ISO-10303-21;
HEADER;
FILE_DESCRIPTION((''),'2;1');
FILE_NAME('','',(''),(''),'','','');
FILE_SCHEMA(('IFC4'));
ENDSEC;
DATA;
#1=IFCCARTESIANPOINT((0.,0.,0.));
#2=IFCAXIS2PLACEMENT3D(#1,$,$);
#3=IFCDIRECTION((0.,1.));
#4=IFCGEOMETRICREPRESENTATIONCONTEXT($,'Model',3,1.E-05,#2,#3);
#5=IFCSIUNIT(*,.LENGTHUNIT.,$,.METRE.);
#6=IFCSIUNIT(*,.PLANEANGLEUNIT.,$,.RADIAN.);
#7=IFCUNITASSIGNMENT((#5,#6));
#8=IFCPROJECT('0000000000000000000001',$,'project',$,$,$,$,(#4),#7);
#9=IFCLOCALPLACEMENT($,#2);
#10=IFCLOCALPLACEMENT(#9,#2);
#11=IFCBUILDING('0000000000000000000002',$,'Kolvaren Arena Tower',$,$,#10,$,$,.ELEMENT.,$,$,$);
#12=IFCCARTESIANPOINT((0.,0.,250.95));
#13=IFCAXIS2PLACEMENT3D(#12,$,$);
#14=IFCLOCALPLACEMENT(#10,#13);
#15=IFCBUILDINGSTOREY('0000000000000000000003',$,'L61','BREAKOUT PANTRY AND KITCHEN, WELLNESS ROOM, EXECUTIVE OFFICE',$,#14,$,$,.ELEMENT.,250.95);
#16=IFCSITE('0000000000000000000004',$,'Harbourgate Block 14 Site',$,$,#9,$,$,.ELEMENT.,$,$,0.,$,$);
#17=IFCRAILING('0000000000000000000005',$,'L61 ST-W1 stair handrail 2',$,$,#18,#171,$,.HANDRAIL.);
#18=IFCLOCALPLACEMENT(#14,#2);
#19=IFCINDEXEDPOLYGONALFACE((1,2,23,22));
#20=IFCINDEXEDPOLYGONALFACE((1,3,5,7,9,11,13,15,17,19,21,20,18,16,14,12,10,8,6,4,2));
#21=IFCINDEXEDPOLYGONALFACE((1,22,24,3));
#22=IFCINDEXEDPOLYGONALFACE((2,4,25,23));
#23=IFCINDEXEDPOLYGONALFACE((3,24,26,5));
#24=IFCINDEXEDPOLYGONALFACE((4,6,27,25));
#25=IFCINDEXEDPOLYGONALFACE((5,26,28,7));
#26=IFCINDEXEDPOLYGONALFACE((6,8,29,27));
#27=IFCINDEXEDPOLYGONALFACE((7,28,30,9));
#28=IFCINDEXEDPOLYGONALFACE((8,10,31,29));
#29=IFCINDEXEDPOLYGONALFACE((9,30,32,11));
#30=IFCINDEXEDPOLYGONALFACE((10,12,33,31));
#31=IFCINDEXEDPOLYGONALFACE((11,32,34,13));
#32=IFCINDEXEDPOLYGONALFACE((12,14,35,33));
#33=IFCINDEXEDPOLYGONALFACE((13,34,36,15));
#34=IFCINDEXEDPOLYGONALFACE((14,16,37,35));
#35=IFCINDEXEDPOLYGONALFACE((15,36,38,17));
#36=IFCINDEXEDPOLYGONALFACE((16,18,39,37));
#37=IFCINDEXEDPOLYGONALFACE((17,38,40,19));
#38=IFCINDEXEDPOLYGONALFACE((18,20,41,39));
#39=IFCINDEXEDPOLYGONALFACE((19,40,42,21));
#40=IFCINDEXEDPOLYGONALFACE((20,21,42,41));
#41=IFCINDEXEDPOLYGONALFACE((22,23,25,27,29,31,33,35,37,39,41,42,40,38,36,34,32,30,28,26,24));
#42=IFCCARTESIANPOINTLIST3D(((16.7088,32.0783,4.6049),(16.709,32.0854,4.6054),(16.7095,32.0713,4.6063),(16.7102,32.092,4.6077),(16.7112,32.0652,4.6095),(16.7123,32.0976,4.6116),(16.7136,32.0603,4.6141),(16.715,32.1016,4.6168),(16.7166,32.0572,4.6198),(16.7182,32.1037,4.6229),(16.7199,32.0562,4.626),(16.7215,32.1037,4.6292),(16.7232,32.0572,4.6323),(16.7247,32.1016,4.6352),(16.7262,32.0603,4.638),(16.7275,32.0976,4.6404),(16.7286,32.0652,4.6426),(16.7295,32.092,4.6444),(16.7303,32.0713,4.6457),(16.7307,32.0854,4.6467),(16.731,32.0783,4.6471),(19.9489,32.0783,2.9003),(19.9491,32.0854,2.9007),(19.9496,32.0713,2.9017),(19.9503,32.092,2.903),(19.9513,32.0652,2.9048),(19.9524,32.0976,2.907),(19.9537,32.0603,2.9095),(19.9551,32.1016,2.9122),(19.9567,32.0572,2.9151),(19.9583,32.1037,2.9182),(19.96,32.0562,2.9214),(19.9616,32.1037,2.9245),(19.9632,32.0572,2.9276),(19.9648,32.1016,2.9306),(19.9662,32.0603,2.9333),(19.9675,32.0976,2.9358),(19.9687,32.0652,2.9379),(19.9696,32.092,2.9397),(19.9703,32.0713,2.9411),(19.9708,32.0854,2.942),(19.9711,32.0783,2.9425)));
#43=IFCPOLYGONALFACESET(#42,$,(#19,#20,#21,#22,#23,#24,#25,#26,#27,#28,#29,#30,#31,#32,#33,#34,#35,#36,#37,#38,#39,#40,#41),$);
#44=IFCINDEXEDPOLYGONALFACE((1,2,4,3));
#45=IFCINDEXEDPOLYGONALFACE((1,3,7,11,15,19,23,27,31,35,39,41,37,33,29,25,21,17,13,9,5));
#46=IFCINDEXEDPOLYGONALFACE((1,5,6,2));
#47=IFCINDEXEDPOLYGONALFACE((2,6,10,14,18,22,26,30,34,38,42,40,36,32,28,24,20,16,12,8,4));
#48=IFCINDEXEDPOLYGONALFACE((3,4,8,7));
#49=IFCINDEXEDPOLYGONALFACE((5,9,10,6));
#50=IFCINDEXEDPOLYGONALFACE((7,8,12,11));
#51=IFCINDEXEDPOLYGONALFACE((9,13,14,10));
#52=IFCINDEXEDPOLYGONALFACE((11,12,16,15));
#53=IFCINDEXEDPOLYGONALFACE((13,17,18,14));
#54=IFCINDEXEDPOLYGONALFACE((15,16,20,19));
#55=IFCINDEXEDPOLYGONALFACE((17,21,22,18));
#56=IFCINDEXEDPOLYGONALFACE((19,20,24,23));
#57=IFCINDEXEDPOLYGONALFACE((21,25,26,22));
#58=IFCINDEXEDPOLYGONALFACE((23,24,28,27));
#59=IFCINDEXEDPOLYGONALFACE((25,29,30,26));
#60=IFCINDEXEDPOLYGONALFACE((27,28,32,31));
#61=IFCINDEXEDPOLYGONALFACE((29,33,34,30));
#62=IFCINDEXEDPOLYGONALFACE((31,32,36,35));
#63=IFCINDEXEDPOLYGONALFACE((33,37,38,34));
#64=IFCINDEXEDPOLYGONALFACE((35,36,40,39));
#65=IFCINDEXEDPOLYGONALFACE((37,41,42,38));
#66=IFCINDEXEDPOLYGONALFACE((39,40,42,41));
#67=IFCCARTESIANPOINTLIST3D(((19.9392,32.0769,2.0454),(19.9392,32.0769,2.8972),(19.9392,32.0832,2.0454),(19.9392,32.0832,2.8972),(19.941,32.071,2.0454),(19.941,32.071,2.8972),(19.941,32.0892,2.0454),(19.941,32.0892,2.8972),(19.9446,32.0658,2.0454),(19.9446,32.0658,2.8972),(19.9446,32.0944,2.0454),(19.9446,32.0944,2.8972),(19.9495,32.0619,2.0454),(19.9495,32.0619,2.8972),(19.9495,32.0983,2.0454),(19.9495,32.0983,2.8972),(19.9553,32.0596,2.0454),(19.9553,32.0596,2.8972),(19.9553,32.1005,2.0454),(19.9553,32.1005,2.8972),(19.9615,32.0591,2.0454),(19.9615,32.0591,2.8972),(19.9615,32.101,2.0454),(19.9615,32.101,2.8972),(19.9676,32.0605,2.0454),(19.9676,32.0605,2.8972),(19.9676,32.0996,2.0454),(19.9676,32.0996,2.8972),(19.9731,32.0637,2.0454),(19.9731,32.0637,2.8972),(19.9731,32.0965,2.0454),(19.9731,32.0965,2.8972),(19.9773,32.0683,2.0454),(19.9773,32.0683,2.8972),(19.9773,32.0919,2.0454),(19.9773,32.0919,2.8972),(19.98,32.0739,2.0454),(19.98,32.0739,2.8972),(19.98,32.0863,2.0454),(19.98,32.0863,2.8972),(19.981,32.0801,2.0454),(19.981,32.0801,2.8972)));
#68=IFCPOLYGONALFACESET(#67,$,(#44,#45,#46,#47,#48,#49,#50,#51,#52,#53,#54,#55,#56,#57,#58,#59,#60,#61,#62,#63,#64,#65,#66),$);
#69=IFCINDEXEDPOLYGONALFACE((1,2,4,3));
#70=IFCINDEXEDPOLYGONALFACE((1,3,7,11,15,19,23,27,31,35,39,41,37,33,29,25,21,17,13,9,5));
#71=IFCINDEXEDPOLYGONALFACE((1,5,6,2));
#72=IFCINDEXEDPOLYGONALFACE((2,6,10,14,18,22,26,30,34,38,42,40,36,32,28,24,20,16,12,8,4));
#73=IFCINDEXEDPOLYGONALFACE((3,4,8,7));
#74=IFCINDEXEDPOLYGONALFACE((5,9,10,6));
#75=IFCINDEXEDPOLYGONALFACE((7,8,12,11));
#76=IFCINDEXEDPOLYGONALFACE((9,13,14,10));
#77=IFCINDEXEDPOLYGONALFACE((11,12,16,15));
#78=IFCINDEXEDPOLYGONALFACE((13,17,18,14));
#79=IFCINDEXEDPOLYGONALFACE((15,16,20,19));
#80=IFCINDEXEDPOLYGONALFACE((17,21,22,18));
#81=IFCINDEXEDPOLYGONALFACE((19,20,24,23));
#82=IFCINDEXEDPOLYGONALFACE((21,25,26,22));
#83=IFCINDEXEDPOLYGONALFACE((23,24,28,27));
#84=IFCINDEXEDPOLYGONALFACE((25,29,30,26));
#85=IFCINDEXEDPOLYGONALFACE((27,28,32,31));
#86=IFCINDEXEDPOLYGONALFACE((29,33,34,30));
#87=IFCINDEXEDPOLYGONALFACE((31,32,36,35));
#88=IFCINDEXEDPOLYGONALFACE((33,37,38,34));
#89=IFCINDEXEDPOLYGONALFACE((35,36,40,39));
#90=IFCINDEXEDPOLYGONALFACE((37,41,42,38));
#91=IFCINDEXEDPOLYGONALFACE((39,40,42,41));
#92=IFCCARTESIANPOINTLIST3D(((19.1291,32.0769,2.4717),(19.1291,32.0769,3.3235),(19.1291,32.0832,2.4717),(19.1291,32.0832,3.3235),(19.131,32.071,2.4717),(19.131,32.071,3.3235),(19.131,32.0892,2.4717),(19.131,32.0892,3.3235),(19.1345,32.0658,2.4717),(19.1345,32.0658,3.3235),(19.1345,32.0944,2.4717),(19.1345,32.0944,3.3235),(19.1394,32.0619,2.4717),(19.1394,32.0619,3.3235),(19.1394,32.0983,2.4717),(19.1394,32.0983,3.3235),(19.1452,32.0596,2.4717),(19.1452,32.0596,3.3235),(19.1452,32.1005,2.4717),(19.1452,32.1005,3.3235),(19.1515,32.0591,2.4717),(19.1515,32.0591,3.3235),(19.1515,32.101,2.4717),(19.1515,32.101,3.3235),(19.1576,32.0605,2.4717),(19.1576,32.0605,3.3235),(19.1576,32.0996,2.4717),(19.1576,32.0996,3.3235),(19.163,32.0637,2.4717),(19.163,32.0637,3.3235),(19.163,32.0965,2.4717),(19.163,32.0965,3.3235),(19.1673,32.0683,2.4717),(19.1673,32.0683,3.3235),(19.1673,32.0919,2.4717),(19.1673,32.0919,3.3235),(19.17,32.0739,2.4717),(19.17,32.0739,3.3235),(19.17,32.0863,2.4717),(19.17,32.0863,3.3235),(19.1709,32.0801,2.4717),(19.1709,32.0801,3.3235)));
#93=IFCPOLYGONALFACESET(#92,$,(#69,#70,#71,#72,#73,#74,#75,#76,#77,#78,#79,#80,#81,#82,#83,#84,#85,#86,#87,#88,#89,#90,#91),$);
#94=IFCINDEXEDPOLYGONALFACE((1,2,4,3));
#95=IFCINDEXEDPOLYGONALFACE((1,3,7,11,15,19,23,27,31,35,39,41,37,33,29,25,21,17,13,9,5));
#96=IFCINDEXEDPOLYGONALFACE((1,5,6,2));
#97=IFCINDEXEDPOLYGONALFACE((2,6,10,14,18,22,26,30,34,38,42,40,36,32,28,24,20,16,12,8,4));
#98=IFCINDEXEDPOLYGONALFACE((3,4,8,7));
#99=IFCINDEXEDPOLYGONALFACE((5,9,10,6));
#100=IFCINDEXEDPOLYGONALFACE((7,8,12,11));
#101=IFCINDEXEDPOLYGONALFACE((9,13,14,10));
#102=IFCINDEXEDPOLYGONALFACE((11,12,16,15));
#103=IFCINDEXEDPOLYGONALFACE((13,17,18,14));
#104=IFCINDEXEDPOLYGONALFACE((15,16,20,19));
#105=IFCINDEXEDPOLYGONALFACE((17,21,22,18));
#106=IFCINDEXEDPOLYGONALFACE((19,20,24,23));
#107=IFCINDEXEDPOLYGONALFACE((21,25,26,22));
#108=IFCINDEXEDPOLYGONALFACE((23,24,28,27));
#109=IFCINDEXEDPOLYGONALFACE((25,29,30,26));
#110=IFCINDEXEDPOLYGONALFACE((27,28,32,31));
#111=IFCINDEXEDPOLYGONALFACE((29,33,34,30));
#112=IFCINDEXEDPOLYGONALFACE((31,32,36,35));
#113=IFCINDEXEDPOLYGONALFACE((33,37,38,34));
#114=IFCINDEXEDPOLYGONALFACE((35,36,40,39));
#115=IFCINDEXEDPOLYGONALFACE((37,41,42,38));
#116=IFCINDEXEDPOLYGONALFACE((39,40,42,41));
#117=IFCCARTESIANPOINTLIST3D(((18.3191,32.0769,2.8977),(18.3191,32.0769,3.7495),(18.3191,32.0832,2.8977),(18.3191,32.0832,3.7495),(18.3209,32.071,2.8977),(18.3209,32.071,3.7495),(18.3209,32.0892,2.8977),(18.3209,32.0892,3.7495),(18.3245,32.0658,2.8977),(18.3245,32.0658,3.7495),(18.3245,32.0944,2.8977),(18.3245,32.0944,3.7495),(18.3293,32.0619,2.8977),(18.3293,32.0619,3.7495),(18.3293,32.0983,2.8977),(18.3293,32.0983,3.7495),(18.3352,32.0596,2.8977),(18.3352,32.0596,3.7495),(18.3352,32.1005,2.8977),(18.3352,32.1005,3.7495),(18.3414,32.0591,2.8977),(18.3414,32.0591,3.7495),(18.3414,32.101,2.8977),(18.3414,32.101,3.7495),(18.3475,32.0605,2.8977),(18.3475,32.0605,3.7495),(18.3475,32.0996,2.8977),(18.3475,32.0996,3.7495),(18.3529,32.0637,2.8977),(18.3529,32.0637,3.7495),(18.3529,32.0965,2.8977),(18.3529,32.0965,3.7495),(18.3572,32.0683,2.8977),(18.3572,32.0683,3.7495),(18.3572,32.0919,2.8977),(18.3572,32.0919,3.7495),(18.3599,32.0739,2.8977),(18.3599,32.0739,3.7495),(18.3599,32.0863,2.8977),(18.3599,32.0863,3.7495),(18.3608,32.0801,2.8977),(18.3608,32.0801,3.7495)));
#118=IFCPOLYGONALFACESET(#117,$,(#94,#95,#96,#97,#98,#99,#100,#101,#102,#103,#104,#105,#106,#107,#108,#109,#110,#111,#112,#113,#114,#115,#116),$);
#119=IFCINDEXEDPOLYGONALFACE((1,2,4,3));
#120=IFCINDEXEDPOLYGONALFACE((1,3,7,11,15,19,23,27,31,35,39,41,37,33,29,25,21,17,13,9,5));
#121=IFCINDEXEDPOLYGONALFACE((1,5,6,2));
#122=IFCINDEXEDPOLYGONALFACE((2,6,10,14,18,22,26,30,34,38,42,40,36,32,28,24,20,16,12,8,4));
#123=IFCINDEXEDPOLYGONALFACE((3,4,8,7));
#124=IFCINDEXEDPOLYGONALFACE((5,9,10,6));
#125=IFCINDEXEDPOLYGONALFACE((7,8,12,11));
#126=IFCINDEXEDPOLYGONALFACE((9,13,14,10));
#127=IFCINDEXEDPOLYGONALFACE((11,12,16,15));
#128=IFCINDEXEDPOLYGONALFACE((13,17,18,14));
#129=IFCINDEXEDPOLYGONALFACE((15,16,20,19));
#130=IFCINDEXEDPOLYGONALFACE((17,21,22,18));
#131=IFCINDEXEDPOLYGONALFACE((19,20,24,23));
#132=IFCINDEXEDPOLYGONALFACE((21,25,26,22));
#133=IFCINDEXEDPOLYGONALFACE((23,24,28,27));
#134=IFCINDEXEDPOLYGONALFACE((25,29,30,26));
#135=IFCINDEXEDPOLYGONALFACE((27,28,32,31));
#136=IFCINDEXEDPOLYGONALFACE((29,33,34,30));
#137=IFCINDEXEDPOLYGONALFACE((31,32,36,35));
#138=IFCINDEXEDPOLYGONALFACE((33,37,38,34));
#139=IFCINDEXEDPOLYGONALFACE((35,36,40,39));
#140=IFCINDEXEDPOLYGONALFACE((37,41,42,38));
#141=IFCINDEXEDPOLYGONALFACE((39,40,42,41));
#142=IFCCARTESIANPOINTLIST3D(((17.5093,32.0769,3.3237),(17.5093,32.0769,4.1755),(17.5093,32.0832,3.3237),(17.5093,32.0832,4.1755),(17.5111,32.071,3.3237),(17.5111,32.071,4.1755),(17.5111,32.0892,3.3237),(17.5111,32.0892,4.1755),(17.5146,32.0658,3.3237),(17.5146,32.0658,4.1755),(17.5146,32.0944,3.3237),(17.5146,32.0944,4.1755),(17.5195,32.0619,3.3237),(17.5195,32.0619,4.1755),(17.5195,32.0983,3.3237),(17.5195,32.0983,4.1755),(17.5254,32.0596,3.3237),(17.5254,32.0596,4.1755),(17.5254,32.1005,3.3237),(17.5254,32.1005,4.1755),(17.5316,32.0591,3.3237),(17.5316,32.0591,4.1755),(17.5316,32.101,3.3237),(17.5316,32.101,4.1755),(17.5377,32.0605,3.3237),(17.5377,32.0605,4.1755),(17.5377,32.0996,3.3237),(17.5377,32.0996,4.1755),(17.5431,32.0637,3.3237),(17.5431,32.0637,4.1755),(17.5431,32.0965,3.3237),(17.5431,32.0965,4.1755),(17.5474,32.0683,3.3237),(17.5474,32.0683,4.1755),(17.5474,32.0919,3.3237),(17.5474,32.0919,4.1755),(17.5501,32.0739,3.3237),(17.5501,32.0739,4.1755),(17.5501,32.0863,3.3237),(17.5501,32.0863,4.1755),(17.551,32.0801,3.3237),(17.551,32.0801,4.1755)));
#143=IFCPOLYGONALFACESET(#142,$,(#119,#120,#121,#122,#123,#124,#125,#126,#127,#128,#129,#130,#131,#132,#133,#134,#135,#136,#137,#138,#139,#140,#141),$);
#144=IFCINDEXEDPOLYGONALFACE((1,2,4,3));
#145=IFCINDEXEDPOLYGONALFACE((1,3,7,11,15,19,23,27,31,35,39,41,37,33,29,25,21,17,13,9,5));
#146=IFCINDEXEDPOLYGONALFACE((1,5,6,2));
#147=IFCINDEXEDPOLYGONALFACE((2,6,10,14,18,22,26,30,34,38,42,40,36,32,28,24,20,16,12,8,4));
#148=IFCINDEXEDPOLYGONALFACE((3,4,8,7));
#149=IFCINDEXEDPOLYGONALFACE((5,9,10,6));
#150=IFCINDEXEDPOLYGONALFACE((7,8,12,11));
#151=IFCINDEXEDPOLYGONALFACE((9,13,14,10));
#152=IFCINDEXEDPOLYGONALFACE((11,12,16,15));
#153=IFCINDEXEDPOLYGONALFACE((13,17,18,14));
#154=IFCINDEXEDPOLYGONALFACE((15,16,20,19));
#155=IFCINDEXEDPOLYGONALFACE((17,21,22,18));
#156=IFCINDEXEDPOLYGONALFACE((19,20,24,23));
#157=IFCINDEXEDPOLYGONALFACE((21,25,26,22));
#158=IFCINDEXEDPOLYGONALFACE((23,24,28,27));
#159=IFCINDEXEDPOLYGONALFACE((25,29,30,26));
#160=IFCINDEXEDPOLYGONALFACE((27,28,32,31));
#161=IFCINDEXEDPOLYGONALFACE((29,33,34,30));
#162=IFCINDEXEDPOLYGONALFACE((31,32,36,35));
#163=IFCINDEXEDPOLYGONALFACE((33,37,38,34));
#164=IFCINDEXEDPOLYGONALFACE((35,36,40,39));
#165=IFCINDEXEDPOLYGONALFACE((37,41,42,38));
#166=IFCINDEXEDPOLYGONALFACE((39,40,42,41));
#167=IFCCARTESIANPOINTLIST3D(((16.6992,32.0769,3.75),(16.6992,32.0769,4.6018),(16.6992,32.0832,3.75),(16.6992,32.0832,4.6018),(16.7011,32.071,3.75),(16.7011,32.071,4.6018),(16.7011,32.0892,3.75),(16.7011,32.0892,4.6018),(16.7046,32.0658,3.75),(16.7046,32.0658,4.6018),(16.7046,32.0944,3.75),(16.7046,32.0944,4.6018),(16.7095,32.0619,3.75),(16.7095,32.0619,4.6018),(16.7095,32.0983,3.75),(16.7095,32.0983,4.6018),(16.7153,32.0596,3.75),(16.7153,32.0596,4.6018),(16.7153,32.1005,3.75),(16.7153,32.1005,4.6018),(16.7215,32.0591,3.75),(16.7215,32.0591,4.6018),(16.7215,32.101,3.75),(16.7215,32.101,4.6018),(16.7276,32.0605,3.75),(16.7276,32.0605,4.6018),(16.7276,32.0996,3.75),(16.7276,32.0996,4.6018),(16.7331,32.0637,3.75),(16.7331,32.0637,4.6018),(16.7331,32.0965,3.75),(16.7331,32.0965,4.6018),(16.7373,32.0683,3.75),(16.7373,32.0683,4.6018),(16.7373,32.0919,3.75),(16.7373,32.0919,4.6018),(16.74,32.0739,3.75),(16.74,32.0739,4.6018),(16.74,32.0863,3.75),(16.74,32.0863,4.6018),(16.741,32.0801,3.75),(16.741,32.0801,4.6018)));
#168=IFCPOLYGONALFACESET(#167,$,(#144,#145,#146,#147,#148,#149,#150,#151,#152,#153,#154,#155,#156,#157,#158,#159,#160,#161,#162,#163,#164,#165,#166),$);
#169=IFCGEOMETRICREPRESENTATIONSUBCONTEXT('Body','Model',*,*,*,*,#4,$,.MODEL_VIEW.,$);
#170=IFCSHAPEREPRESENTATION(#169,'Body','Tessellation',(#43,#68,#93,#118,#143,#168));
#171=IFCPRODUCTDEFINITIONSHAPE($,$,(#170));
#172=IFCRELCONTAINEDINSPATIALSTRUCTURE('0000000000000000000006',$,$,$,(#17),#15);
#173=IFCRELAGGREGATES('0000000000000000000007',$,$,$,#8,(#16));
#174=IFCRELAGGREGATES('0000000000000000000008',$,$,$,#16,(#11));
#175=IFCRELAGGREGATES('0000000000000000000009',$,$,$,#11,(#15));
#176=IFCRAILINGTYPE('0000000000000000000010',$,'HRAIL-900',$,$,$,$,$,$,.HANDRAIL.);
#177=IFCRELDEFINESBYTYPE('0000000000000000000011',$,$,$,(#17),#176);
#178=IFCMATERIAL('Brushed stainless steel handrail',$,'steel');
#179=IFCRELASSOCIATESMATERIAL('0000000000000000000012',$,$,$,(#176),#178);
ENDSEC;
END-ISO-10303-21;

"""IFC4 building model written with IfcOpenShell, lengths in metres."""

from ifc_helpers import new_model, si_unit, direction, frame, origin, origin_2d, place, context, subcontext, project, spatial, circle, extrude, material, type_object, element, save


model = new_model("IFC4")

# Units and contexts
model_context = context("Model", 3, precision=1e-05, world=origin(), true_north=direction((0.0, 1.0)))
body_context = subcontext(model_context, "Body", "Model", "MODEL_VIEW")
ifc_project = project(units=[si_unit("LENGTHUNIT", "METRE"), si_unit("PLANEANGLEUNIT", "RADIAN")], contexts=[model_context])

# Site, building, storey
site_placement = place(None, origin())
site = spatial("IfcSite", under=ifc_project, at=site_placement, Name="Harbourgate Block 14 Site", CompositionType="ELEMENT", RefElevation=0.0)
building_placement = place(site_placement, origin())
building = spatial("IfcBuilding", under=site, at=building_placement, Name="Kolvaren Arena Tower", CompositionType="ELEMENT")
storey_placement = place(building_placement, frame((0.0, 0.0, 250.95)))
storey = spatial("IfcBuildingStorey", under=building, at=storey_placement, Name="L61", Description="BREAKOUT PANTRY AND KITCHEN, WELLNESS ROOM, EXECUTIVE OFFICE", CompositionType="ELEMENT", Elevation=250.95)

# Railing
ifc_material_1 = material(Name="Brushed stainless steel handrail", Category="steel")
railing_type_1 = type_object("IfcRailingType", Name="HRAIL-900", PredefinedType="HANDRAIL", material=ifc_material_1)
railing_1_placement = place(storey_placement, frame((19.96, 32.0801, 2.0454)))
element("IfcRailing", 1, at=railing_1_placement, inside=storey, type_object=railing_type_1, Name="L61 ST-W1 stair handrail 2", PredefinedType="HANDRAIL", context=body_context, shape_type="SweptSolid", body=[
    extrude(circle(Radius=0.0239, at=origin_2d()), frame((0.0, 0.0, 0.876), z_axis=(-0.884993, 0.0, 0.465604), x_axis=(0.0, -1.0, 0.0)), (0.0, 0.0, 1.0), 3.6611),
    extrude(circle(Radius=0.021, at=origin_2d()), origin(), (0.0, 0.0, 1.0), 0.8518),
    extrude(circle(Radius=0.021, at=origin_2d()), frame((-0.8101, 0.0, 0.4263)), (0.0, 0.0, 1.0), 0.8518),
    extrude(circle(Radius=0.021, at=origin_2d()), frame((-1.6201, 0.0, 0.8523)), (0.0, 0.0, 1.0), 0.8518),
    extrude(circle(Radius=0.021, at=origin_2d()), frame((-2.4299, 0.0, 1.2783)), (0.0, 0.0, 1.0), 0.8518),
    extrude(circle(Radius=0.021, at=origin_2d()), frame((-3.24, 0.0, 1.7046)), (0.0, 0.0, 1.0), 0.8518),
])

save(model, "model.ifc")
